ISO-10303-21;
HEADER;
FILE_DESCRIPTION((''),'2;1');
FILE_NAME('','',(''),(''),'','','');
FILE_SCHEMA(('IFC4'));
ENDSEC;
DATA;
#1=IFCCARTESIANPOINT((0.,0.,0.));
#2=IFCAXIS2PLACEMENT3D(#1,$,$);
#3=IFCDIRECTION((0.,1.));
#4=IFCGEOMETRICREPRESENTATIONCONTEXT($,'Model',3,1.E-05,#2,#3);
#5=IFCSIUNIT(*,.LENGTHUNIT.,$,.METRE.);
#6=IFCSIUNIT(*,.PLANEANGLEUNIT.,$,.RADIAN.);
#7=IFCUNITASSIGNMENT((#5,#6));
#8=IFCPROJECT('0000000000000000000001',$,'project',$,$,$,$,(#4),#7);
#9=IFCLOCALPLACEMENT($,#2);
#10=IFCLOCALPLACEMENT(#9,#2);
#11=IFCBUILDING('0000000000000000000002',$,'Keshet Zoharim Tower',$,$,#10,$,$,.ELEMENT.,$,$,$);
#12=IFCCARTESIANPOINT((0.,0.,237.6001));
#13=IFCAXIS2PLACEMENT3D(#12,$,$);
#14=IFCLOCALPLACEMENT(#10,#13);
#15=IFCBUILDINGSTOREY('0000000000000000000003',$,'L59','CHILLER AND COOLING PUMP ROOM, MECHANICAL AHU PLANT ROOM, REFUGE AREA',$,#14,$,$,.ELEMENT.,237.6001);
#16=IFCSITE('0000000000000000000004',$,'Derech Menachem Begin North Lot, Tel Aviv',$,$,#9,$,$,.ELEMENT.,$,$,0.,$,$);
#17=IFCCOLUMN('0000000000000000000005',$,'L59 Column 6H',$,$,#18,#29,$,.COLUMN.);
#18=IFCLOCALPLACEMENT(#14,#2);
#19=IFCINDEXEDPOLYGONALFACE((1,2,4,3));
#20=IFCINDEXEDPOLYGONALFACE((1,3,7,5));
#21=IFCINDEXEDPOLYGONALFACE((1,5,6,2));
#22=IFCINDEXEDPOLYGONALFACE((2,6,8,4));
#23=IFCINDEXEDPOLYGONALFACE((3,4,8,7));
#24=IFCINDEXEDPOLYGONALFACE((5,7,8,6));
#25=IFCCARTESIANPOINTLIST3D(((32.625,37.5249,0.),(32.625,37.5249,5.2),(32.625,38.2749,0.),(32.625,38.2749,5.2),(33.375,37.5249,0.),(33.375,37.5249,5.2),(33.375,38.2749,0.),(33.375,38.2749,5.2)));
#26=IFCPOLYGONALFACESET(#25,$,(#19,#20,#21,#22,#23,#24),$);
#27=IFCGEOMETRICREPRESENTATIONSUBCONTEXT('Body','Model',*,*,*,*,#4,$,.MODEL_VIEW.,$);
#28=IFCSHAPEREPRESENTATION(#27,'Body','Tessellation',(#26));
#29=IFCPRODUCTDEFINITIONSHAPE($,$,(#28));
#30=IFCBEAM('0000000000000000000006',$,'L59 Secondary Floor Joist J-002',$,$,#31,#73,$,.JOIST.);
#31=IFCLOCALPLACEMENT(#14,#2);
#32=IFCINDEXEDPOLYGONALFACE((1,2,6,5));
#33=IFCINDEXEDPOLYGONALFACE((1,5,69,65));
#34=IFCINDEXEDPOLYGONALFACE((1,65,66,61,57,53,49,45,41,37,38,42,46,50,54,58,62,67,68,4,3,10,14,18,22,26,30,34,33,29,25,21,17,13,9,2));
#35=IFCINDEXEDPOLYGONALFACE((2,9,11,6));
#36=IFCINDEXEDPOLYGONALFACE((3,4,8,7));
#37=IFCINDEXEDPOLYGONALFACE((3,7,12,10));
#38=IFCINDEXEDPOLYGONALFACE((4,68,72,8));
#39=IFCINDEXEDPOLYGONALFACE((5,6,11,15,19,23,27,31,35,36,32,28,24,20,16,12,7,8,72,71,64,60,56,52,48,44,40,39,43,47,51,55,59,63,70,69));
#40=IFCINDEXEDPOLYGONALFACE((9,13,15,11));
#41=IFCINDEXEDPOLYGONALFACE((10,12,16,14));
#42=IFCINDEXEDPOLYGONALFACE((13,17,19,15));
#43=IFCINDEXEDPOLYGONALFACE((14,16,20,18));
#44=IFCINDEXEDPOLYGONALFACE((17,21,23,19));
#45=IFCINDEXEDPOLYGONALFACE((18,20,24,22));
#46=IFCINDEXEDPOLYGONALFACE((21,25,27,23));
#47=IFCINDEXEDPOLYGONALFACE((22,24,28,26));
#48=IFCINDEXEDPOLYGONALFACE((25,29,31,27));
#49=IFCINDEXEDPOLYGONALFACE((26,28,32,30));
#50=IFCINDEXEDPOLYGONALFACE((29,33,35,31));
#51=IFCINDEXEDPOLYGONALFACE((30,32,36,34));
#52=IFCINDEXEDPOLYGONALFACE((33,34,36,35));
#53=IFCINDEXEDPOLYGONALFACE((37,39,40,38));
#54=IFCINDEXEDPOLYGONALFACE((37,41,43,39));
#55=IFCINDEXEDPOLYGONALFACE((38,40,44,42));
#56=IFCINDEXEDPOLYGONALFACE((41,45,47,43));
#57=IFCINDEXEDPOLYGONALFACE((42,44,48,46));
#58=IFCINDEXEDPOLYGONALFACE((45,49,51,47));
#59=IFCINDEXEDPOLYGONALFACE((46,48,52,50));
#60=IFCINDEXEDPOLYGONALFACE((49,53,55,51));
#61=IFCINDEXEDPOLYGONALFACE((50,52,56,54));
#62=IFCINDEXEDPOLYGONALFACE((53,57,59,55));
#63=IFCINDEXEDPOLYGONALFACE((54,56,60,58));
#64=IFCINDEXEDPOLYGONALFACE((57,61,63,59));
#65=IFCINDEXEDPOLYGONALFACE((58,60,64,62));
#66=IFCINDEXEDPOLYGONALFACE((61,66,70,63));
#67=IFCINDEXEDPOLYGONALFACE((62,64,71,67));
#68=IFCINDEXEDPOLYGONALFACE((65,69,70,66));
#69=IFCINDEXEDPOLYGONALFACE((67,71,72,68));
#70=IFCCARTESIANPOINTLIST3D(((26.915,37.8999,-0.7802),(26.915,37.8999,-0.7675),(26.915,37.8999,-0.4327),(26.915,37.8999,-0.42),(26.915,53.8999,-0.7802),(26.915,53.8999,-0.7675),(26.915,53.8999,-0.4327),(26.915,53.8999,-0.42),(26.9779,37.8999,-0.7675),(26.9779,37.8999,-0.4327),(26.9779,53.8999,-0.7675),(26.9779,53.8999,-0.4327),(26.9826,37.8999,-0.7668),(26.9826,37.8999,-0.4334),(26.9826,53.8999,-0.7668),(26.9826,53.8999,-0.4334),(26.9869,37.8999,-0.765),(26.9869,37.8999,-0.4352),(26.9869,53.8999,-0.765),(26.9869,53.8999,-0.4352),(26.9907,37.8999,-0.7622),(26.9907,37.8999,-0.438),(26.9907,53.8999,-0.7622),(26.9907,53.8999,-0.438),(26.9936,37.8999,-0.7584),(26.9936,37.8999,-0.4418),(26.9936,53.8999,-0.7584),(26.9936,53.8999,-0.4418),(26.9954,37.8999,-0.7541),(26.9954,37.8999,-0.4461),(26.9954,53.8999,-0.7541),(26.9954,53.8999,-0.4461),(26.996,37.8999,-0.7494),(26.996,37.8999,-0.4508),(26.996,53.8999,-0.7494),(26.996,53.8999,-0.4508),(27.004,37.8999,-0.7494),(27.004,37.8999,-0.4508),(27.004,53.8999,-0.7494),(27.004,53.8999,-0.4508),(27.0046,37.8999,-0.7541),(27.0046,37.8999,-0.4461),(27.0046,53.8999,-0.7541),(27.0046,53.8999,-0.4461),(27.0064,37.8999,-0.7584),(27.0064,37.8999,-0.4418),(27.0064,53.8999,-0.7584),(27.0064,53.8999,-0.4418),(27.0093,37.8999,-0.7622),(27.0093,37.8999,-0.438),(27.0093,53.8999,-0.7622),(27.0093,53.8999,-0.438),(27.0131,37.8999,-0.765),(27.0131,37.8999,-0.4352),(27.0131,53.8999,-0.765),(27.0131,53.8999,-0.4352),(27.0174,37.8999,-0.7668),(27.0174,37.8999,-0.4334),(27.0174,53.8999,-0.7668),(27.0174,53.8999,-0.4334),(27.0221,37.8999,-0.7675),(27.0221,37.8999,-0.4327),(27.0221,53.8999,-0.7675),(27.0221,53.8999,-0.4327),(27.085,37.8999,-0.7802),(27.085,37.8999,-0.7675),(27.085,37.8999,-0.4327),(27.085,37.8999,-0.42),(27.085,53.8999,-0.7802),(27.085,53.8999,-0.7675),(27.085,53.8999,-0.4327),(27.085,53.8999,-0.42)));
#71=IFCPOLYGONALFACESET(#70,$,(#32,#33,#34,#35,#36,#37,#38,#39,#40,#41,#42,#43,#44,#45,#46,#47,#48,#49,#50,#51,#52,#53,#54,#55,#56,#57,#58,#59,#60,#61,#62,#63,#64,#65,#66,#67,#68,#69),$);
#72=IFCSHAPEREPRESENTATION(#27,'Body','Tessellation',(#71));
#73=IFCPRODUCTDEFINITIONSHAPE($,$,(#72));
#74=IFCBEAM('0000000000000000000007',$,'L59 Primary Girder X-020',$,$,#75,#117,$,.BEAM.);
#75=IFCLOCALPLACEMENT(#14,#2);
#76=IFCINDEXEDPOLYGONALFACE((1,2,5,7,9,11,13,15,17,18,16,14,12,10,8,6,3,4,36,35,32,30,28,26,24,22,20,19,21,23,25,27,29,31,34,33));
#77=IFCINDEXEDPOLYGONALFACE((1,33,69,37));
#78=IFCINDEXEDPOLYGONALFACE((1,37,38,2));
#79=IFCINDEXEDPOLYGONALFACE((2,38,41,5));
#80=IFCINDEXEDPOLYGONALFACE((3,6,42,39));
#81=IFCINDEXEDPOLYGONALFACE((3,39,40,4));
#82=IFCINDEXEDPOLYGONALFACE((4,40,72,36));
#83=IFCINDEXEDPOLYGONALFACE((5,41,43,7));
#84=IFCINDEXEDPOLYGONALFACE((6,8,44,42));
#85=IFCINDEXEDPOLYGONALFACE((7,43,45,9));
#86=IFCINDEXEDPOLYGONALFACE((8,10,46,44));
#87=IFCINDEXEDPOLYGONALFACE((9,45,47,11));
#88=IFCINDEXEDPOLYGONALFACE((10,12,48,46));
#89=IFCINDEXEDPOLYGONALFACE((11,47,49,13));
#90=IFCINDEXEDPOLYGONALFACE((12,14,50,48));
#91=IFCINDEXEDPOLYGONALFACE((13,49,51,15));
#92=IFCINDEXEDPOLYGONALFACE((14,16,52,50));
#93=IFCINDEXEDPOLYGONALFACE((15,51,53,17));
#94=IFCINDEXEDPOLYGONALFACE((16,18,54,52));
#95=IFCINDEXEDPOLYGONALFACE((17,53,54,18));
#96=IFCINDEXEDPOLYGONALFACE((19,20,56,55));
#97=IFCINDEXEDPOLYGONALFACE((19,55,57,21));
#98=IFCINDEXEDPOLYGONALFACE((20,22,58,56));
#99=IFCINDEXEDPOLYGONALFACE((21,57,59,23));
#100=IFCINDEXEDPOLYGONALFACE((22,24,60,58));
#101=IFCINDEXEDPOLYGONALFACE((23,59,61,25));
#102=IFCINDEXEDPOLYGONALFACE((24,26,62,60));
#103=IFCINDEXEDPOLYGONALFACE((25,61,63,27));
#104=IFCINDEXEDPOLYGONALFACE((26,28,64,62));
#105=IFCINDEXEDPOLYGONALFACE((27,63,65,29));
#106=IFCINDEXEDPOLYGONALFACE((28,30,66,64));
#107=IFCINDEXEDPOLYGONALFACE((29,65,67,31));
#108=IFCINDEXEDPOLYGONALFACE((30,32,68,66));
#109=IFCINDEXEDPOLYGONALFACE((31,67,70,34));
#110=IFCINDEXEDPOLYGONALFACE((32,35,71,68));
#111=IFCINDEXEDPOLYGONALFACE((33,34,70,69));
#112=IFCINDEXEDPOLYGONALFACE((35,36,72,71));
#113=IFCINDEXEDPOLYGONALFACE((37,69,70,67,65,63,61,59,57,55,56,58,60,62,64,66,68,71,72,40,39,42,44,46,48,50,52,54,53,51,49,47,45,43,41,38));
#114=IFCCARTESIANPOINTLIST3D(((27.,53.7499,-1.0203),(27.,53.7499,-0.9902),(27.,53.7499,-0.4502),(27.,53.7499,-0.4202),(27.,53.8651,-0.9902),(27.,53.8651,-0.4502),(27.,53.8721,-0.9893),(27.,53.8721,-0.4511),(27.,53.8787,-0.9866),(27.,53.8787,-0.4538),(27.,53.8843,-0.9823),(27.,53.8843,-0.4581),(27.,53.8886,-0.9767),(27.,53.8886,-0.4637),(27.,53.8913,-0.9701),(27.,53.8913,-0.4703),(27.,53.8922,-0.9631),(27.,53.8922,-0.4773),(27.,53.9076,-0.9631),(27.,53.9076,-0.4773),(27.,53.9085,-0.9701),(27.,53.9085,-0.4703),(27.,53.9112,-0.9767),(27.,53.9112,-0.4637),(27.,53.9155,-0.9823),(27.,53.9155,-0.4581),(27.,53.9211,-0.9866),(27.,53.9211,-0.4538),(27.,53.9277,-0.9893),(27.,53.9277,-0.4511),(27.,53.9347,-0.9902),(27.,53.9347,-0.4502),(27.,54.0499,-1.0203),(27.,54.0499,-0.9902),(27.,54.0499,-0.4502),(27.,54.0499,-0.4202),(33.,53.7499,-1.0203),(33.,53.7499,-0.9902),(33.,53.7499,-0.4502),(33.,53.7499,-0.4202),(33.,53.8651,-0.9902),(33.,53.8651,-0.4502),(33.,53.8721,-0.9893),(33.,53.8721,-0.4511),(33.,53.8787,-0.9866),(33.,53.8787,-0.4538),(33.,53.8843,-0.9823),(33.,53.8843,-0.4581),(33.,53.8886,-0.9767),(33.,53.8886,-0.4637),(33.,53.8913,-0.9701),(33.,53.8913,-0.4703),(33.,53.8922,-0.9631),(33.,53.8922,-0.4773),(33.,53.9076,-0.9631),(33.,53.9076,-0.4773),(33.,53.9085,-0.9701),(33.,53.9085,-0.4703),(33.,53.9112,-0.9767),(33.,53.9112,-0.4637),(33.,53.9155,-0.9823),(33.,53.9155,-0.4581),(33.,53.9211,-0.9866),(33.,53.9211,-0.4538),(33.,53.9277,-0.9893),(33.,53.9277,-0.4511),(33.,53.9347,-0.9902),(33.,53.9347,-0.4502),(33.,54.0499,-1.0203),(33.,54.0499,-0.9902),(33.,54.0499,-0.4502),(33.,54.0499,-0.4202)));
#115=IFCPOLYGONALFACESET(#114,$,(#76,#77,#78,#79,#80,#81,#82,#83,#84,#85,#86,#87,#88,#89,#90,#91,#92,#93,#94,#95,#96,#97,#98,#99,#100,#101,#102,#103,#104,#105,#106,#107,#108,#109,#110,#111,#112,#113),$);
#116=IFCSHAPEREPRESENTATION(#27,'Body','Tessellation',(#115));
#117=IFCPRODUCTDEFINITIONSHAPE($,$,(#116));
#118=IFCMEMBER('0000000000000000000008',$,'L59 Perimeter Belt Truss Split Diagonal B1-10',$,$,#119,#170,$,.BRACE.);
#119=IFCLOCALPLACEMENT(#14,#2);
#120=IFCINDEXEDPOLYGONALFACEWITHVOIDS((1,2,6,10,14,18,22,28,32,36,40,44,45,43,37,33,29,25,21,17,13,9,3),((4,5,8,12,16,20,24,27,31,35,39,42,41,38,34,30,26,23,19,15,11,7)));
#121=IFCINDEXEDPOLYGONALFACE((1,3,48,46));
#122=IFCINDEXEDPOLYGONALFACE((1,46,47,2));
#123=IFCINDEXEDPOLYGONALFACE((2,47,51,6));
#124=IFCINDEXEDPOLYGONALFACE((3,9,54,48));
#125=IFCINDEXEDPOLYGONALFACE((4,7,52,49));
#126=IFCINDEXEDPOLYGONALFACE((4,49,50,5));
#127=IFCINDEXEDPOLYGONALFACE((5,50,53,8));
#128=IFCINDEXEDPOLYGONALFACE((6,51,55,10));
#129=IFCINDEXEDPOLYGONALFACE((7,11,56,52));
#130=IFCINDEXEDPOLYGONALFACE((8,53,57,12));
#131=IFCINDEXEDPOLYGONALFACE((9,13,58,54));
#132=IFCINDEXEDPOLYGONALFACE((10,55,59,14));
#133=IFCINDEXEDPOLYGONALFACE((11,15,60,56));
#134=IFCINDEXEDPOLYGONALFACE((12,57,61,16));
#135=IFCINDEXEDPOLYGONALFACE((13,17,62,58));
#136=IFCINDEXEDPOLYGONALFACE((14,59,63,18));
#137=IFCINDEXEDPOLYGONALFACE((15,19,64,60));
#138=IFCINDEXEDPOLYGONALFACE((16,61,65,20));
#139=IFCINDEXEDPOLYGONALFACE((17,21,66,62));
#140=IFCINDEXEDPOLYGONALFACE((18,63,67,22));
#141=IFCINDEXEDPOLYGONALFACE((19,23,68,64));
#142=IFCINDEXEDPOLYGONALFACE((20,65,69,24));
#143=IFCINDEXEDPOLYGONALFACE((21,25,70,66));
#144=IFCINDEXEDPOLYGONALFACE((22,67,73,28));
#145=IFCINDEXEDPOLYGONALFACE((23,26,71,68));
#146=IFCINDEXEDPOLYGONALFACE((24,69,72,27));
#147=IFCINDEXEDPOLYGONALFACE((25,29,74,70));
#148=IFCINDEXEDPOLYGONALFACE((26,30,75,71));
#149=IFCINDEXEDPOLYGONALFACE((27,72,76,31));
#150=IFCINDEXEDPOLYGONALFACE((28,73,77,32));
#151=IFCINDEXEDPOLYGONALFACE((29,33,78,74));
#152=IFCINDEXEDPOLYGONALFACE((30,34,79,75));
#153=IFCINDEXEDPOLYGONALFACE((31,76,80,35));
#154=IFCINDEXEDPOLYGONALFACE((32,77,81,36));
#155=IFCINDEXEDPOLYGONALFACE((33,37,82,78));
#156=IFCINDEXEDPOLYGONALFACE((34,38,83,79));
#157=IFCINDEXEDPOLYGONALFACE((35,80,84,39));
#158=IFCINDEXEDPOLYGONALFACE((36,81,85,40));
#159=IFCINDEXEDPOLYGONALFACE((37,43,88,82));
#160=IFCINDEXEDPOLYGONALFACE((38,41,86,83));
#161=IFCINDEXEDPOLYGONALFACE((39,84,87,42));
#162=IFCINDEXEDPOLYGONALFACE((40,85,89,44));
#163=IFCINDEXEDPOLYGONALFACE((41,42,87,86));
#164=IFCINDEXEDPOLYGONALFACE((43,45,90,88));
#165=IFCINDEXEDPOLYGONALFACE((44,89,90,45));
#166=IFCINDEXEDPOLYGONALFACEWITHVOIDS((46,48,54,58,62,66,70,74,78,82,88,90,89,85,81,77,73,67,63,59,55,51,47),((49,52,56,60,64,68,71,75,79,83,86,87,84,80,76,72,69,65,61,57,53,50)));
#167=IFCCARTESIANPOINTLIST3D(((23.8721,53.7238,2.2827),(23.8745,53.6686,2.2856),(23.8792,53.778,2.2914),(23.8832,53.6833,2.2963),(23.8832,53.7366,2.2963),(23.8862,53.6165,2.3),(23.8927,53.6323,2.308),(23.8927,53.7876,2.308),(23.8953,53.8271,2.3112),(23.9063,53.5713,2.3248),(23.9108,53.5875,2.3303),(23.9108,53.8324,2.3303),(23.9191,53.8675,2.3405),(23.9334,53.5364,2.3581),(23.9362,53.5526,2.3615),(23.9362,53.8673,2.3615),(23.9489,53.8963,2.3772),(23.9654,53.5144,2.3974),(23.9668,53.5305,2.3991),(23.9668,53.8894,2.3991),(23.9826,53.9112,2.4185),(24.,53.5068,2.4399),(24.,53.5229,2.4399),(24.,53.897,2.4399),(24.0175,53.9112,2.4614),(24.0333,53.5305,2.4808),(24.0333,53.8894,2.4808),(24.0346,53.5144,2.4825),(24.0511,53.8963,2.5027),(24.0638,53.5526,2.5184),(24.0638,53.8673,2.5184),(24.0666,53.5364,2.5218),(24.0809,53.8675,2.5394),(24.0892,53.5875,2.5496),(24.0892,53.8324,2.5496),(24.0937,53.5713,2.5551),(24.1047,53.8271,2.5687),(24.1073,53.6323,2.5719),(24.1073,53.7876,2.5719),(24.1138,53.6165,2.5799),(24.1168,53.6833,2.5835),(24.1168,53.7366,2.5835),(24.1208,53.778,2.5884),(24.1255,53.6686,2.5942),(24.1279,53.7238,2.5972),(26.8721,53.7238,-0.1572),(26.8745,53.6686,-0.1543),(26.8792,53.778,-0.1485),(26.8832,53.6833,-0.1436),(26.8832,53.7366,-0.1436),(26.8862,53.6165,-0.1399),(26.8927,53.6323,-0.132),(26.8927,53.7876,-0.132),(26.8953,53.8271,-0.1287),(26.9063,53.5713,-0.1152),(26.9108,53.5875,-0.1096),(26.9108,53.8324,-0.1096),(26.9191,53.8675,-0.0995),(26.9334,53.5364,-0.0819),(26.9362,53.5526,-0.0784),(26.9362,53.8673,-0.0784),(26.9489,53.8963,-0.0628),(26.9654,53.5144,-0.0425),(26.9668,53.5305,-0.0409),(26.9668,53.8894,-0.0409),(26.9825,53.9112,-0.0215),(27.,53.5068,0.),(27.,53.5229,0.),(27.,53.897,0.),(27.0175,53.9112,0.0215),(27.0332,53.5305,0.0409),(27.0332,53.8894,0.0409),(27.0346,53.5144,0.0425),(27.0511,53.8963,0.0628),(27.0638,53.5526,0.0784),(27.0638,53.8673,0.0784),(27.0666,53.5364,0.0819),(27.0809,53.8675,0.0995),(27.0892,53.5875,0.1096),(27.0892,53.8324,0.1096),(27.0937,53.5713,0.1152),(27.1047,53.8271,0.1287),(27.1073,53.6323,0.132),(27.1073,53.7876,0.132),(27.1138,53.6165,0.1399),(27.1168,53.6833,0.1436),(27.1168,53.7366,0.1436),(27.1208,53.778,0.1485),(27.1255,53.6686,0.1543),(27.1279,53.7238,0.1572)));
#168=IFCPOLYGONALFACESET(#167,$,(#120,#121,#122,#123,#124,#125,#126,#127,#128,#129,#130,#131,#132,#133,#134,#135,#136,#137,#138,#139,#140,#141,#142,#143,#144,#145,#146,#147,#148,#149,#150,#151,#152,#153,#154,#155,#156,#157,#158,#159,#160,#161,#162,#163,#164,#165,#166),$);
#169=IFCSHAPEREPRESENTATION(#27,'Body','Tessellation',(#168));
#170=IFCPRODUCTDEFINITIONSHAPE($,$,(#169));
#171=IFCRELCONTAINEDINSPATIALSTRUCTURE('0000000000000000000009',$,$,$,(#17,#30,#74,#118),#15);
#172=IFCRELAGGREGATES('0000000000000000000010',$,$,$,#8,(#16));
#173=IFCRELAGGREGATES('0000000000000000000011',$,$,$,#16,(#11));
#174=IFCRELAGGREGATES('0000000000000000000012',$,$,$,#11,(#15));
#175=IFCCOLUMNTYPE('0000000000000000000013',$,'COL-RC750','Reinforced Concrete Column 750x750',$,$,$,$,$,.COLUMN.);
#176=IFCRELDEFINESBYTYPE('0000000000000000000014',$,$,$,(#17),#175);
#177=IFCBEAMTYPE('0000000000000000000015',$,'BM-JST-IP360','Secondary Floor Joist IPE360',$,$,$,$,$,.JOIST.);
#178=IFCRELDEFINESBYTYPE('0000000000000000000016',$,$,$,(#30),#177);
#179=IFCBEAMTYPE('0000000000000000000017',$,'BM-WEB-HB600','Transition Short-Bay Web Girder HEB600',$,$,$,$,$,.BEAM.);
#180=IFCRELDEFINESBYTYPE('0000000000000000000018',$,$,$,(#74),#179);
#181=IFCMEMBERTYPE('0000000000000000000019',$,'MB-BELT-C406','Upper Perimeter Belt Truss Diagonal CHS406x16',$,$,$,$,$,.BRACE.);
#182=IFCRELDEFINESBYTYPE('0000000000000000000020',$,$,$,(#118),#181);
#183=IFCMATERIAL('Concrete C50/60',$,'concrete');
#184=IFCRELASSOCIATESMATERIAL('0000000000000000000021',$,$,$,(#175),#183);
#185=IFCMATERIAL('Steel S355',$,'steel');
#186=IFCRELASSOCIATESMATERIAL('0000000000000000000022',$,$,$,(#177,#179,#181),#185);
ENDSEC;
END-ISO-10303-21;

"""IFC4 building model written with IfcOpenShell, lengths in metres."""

from ifc_helpers import new_model, si_unit, direction, frame, origin, origin_2d, place, context, subcontext, project, spatial, rectangle, hollow_circle, i_section, extrude, material, material_profile, profile_set, type_object, element, save


model = new_model("IFC4")

# Units and contexts
model_context = context("Model", 3, precision=1e-05, world=origin(), true_north=direction((0.0, 1.0)))
body_context = subcontext(model_context, "Body", "Model", "MODEL_VIEW")
ifc_project = project(units=[si_unit("LENGTHUNIT", "METRE"), si_unit("PLANEANGLEUNIT", "RADIAN")], contexts=[model_context])

# Site, building, storey
site_placement = place(None, origin())
site = spatial("IfcSite", under=ifc_project, at=site_placement, Name="Derech Menachem Begin North Lot, Tel Aviv", CompositionType="ELEMENT", RefElevation=0.0)
building_placement = place(site_placement, origin())
building = spatial("IfcBuilding", under=site, at=building_placement, Name="Keshet Zoharim Tower", CompositionType="ELEMENT")
storey_placement = place(building_placement, frame((0.0, 0.0, 237.6001)))
storey = spatial("IfcBuildingStorey", under=building, at=storey_placement, Name="L59", Description="CHILLER AND COOLING PUMP ROOM, MECHANICAL AHU PLANT ROOM, REFUGE AREA", CompositionType="ELEMENT", Elevation=237.6001)

# Column
ifc_material_1 = material(Name="Concrete C50/60", Category="concrete")
ifc_material_profile_1 = material_profile(ifc_material_1, rectangle(XDim=0.75, YDim=0.75, at=origin_2d()), Name="RC750x750")
ifc_profile_set_1 = profile_set([ifc_material_profile_1], Name="Concrete C50/60")
column_type = type_object("IfcColumnType", Name="COL-RC750", Description="Reinforced Concrete Column 750x750", PredefinedType="COLUMN", material=ifc_profile_set_1)
column_placement = place(storey_placement, frame((33.0, 37.8999, 0.0), z_axis=(0.0, 0.0, 1.0), x_axis=(1.0, 0.0, 0.0)))
element("IfcColumn", 1, at=column_placement, inside=storey, type_object=column_type, Name="L59 Column 6H", PredefinedType="COLUMN", context=body_context, shape_type="SweptSolid", body=[
    extrude(rectangle(XDim=0.75, YDim=0.75, at=origin_2d()), origin(), (0.0, 0.0, 1.0), 5.2),
])

# Beams
ifc_material_2 = material(Name="Steel S355", Category="steel")
ifc_material_profile_2 = material_profile(ifc_material_2, i_section(OverallWidth=0.1699, OverallDepth=0.3601, WebThickness=0.0081, FlangeThickness=0.0127, FilletRadius=0.0181, at=origin_2d()), Name="IPE360")
ifc_profile_set_2 = profile_set([ifc_material_profile_2], Name="Steel S355")
beam_type_1 = type_object("IfcBeamType", Name="BM-JST-IP360", Description="Secondary Floor Joist IPE360", PredefinedType="JOIST", material=ifc_profile_set_2)
beam_1_placement = place(storey_placement, frame((27.0, 37.8999, -0.6001), z_axis=(0.0, 1.0, 0.0), x_axis=(-1.0, 0.0, 0.0)))
element("IfcBeam", 2, at=beam_1_placement, inside=storey, type_object=beam_type_1, Name="L59 Secondary Floor Joist J-002", PredefinedType="JOIST", context=body_context, shape_type="SweptSolid", body=[
    extrude(i_section(OverallWidth=0.1699, OverallDepth=0.3601, WebThickness=0.0081, FlangeThickness=0.0127, FilletRadius=0.0181, at=origin_2d()), origin(), (0.0, 0.0, 1.0), 16.0),
])
ifc_material_profile_3 = material_profile(ifc_material_2, i_section(OverallWidth=0.3, OverallDepth=0.6001, WebThickness=0.0154, FlangeThickness=0.03, FilletRadius=0.0271, at=origin_2d()), Name="HEB600")
ifc_profile_set_3 = profile_set([ifc_material_profile_3], Name="Steel S355")
beam_type_2 = type_object("IfcBeamType", Name="BM-WEB-HB600", Description="Transition Short-Bay Web Girder HEB600", PredefinedType="BEAM", material=ifc_profile_set_3)
beam_2_placement = place(storey_placement, frame((27.0, 53.8999, -0.7202), z_axis=(1.0, 0.0, 0.0), x_axis=(0.0, 1.0, 0.0)))
element("IfcBeam", 3, at=beam_2_placement, inside=storey, type_object=beam_type_2, Name="L59 Primary Girder X-020", PredefinedType="BEAM", context=body_context, shape_type="SweptSolid", body=[
    extrude(i_section(OverallWidth=0.3, OverallDepth=0.6001, WebThickness=0.0154, FlangeThickness=0.03, FilletRadius=0.0271, at=origin_2d()), origin(), (0.0, 0.0, 1.0), 6.0),
])

# Member
ifc_material_profile_4 = material_profile(ifc_material_2, hollow_circle(Radius=0.2031, WallThickness=0.0161, at=origin_2d()), Name="CHS406x16")
ifc_profile_set_4 = profile_set([ifc_material_profile_4], Name="Steel S355")
member_type_1 = type_object("IfcMemberType", Name="MB-BELT-C406", Description="Upper Perimeter Belt Truss Diagonal CHS406x16", PredefinedType="BRACE", material=ifc_profile_set_4)
member_1_placement = place(storey_placement, frame((27.0, 53.71, 0.0), z_axis=(-0.775805, 0.0, 0.630973), x_axis=(0.0, -1.0, 0.0)))
element("IfcMember", 4, at=member_1_placement, inside=storey, type_object=member_type_1, Name="L59 Perimeter Belt Truss Split Diagonal B1-10", PredefinedType="BRACE", context=body_context, shape_type="SweptSolid", body=[
    extrude(hollow_circle(Radius=0.2031, WallThickness=0.0161, at=origin_2d()), origin(), (0.0, 0.0, 1.0), 3.8669),
])

save(model, "model.ifc")
